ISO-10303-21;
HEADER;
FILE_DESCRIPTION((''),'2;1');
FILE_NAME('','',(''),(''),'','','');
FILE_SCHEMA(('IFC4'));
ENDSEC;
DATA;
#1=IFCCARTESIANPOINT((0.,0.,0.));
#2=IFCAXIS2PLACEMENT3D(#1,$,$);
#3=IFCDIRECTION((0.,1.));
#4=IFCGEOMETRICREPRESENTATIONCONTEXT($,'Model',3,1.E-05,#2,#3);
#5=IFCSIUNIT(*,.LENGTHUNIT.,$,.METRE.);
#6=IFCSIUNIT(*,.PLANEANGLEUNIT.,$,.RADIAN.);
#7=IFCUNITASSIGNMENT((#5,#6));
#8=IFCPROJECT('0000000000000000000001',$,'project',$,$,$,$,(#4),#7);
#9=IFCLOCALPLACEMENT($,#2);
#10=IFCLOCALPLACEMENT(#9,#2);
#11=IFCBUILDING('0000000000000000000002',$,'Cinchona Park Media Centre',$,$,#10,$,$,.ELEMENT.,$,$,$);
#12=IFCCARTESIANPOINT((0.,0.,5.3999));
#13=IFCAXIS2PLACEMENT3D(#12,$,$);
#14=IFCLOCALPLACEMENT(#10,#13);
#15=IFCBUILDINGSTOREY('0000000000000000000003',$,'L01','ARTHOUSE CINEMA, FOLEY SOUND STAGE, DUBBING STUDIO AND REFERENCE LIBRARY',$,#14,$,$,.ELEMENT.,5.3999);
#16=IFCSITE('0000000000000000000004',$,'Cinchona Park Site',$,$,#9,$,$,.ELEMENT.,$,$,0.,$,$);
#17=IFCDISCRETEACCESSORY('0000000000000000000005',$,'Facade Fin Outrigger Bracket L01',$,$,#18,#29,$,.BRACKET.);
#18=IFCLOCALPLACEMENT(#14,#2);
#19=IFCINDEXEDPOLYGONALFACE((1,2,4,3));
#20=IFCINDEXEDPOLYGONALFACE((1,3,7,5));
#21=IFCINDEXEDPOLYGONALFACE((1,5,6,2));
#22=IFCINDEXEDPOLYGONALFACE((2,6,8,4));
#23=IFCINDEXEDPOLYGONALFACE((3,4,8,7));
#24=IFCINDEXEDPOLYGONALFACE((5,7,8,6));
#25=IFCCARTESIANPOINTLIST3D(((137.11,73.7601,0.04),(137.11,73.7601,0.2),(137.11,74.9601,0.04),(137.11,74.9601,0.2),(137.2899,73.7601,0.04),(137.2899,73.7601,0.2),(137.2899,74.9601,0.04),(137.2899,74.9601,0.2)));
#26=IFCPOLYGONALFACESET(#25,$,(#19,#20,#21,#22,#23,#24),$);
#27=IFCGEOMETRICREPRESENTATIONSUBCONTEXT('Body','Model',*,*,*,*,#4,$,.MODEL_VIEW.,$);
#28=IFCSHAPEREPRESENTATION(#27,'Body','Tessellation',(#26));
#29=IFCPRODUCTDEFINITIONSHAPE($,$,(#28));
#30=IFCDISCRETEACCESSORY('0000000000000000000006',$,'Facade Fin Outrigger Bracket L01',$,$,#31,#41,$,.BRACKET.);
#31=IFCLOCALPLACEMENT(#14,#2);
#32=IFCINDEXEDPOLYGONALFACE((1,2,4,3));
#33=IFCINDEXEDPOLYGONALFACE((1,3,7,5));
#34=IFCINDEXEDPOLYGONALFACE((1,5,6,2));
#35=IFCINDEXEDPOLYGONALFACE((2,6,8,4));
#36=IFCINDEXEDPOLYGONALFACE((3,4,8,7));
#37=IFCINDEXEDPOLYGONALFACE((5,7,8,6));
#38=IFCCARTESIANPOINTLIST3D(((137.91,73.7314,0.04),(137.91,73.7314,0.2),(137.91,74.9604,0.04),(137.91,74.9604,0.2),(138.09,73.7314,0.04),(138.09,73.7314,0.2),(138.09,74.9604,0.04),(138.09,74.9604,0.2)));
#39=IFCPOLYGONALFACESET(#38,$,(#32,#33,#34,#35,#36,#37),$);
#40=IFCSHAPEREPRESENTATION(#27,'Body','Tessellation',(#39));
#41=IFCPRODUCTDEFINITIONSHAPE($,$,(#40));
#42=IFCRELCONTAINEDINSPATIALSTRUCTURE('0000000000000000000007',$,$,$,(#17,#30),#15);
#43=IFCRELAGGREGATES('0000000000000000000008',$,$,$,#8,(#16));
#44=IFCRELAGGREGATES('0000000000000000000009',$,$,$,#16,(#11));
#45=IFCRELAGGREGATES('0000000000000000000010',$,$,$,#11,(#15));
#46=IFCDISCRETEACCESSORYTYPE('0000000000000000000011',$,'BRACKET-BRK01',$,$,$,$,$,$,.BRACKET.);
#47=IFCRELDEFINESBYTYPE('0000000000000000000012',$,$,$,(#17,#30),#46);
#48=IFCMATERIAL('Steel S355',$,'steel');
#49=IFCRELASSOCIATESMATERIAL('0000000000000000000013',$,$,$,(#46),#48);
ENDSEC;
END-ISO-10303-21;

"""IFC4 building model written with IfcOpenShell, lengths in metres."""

from ifc_helpers import new_model, si_unit, direction, frame, origin, origin_2d, place, context, subcontext, project, spatial, rectangle, extrude, material, type_object, element, save


model = new_model("IFC4")

# Units and contexts
model_context = context("Model", 3, precision=1e-05, world=origin(), true_north=direction((0.0, 1.0)))
body_context = subcontext(model_context, "Body", "Model", "MODEL_VIEW")
ifc_project = project(units=[si_unit("LENGTHUNIT", "METRE"), si_unit("PLANEANGLEUNIT", "RADIAN")], contexts=[model_context])

# Site, building, storey
site_placement = place(None, origin())
site = spatial("IfcSite", under=ifc_project, at=site_placement, Name="Cinchona Park Site", CompositionType="ELEMENT", RefElevation=0.0)
building_placement = place(site_placement, origin())
building = spatial("IfcBuilding", under=site, at=building_placement, Name="Cinchona Park Media Centre", CompositionType="ELEMENT")
storey_placement = place(building_placement, frame((0.0, 0.0, 5.3999)))
storey = spatial("IfcBuildingStorey", under=building, at=storey_placement, Name="L01", Description="ARTHOUSE CINEMA, FOLEY SOUND STAGE, DUBBING STUDIO AND REFERENCE LIBRARY", CompositionType="ELEMENT", Elevation=5.3999)

# Discrete accessories
ifc_material_1 = material(Name="Steel S355", Category="steel")
discrete_accessory_type = type_object("IfcDiscreteAccessoryType", Name="BRACKET-BRK01", PredefinedType="BRACKET", material=ifc_material_1)
discrete_accessory_1_placement = place(storey_placement, frame((137.2, 74.3601, 0.04), z_axis=(0.0, 0.0, 1.0), x_axis=(1.0, 0.0, 0.0)))
element("IfcDiscreteAccessory", 1, at=discrete_accessory_1_placement, inside=storey, type_object=discrete_accessory_type, Name="Facade Fin Outrigger Bracket L01", PredefinedType="BRACKET", context=body_context, shape_type="SweptSolid", body=[
    extrude(rectangle(XDim=0.1799, YDim=1.2, at=origin_2d()), origin(), (0.0, 0.0, 1.0), 0.1599),
])
discrete_accessory_2_placement = place(storey_placement, frame((138.0, 74.3459, 0.04), z_axis=(0.0, 0.0, 1.0), x_axis=(1.0, 0.0, 0.0)))
element("IfcDiscreteAccessory", 2, at=discrete_accessory_2_placement, inside=storey, type_object=discrete_accessory_type, Name="Facade Fin Outrigger Bracket L01", PredefinedType="BRACKET", context=body_context, shape_type="SweptSolid", body=[
    extrude(rectangle(XDim=0.1799, YDim=1.229, at=origin_2d()), origin(), (0.0, 0.0, 1.0), 0.1599),
])

save(model, "model.ifc")
